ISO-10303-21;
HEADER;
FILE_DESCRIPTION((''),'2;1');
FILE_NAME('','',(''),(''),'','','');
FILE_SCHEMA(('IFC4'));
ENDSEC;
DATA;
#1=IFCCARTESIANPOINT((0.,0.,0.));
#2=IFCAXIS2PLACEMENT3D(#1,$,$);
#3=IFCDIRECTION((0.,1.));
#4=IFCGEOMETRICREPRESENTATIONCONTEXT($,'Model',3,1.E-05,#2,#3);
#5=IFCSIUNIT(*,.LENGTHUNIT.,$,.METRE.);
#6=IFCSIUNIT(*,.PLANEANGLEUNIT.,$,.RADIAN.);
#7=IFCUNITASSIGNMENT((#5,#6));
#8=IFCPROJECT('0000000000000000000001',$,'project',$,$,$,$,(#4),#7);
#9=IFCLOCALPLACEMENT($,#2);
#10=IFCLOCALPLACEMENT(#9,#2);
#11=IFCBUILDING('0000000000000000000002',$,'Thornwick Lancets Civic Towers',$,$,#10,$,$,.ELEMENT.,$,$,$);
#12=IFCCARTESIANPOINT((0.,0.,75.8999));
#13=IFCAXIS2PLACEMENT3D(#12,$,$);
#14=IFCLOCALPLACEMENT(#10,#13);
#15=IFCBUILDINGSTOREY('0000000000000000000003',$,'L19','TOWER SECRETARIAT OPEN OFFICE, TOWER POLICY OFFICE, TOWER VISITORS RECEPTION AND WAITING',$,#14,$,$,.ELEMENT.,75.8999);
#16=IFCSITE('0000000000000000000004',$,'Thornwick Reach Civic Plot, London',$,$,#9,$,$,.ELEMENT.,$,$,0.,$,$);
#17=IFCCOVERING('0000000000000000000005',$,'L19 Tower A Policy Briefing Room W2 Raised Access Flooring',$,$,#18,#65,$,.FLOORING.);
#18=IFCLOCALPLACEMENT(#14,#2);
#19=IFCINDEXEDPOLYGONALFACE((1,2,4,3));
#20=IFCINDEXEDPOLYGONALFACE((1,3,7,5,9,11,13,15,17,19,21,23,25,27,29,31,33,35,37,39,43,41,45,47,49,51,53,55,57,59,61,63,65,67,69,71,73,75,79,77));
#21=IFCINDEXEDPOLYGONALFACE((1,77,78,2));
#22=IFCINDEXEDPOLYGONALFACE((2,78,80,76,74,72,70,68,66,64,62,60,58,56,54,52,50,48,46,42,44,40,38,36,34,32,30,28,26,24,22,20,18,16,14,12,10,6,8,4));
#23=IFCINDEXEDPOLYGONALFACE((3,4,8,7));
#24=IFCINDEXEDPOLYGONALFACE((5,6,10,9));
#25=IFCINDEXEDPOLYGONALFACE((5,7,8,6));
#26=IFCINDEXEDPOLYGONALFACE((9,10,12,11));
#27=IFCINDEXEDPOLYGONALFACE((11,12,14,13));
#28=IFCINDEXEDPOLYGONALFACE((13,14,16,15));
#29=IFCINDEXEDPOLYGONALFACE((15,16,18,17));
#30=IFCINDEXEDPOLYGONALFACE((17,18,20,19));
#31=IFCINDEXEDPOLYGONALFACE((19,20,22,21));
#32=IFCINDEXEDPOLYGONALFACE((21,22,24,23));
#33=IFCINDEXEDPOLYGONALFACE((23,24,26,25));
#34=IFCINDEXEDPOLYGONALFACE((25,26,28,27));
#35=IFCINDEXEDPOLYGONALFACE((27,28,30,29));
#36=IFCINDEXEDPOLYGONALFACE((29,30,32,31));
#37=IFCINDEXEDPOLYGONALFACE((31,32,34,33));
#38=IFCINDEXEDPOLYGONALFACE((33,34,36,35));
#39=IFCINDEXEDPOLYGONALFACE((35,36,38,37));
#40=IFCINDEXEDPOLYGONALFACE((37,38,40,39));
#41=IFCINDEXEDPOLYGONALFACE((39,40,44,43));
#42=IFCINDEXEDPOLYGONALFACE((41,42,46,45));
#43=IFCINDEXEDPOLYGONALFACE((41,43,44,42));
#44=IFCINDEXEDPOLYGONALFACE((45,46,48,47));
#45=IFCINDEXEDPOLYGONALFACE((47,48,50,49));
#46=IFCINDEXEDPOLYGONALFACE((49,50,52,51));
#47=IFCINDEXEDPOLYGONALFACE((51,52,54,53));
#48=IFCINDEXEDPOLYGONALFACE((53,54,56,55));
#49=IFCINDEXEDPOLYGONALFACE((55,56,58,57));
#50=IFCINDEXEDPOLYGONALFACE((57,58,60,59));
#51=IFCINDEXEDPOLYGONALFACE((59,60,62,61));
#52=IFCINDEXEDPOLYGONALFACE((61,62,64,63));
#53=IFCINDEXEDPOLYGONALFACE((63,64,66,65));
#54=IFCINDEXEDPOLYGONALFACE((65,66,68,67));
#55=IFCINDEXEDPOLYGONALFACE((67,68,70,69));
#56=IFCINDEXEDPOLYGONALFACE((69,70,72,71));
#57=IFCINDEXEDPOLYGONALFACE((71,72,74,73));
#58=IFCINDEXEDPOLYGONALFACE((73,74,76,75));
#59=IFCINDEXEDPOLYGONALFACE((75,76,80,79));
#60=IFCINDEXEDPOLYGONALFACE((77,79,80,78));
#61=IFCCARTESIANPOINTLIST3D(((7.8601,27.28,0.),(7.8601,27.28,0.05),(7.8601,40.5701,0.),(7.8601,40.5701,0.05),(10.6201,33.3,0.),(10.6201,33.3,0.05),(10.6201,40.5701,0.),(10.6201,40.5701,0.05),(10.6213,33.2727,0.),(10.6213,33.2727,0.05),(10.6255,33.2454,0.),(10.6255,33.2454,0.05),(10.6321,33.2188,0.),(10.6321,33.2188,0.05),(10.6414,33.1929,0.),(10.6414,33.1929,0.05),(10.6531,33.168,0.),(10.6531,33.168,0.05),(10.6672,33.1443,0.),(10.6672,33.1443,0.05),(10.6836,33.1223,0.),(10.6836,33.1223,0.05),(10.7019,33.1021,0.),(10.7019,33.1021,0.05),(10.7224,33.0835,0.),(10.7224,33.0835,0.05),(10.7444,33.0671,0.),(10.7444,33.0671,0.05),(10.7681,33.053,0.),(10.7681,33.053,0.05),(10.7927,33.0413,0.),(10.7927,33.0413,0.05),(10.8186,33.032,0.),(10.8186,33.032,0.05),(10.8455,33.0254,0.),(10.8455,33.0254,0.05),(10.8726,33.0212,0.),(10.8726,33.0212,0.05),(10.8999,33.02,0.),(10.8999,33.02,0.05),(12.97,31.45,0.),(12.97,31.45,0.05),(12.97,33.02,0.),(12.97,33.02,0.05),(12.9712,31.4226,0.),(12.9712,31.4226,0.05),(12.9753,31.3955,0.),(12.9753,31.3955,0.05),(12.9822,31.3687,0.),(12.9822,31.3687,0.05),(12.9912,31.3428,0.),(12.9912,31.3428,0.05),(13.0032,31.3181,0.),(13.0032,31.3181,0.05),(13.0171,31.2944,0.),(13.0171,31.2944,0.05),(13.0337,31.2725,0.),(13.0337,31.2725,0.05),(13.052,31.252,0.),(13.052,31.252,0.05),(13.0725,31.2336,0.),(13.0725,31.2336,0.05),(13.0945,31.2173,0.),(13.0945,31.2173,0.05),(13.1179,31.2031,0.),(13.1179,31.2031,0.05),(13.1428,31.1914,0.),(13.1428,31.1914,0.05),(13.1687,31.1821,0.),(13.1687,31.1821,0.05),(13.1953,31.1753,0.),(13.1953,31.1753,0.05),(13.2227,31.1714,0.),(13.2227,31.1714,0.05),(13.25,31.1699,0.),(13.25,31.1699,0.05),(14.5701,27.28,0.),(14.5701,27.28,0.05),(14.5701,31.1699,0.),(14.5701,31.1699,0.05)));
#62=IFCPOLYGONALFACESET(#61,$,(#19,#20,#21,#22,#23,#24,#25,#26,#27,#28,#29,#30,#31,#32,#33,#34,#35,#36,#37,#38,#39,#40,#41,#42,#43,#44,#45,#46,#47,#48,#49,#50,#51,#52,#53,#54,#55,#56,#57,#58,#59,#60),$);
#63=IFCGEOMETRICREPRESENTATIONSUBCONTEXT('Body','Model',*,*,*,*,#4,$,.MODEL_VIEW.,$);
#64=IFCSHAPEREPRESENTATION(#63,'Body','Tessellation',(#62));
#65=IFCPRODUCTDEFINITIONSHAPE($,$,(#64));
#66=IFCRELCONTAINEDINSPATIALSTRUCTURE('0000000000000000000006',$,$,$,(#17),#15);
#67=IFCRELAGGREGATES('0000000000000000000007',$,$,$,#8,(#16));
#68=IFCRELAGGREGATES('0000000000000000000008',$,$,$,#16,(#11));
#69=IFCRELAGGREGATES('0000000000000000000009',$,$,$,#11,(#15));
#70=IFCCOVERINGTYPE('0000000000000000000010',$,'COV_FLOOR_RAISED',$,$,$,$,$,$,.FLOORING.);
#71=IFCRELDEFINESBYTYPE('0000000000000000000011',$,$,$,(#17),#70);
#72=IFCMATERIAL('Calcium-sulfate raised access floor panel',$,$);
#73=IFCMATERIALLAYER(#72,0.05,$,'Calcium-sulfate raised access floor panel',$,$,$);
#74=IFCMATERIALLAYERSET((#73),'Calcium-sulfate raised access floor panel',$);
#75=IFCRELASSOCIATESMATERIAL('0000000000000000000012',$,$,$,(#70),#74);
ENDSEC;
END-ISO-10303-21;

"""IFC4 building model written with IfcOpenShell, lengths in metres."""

from ifc_helpers import new_model, si_unit, direction, frame, origin, place, context, subcontext, project, spatial, polyline, outline, extrude, material, layer, layer_set, type_object, element, save


model = new_model("IFC4")

# Units and contexts
model_context = context("Model", 3, precision=1e-05, world=origin(), true_north=direction((0.0, 1.0)))
body_context = subcontext(model_context, "Body", "Model", "MODEL_VIEW")
ifc_project = project(units=[si_unit("LENGTHUNIT", "METRE"), si_unit("PLANEANGLEUNIT", "RADIAN")], contexts=[model_context])

# Site, building, storey
site_placement = place(None, origin())
site = spatial("IfcSite", under=ifc_project, at=site_placement, Name="Thornwick Reach Civic Plot, London", CompositionType="ELEMENT", RefElevation=0.0)
building_placement = place(site_placement, origin())
building = spatial("IfcBuilding", under=site, at=building_placement, Name="Thornwick Lancets Civic Towers", CompositionType="ELEMENT")
storey_placement = place(building_placement, frame((0.0, 0.0, 75.8999)))
storey = spatial("IfcBuildingStorey", under=building, at=storey_placement, Name="L19", Description="TOWER SECRETARIAT OPEN OFFICE, TOWER POLICY OFFICE, TOWER VISITORS RECEPTION AND WAITING", CompositionType="ELEMENT", Elevation=75.8999)

# Covering
ifc_material_1 = material(Name="Calcium-sulfate raised access floor panel")
ifc_layer_1 = layer(ifc_material_1, 0.05, Name="Calcium-sulfate raised access floor panel")
ifc_layer_set_1 = layer_set([ifc_layer_1], Name="Calcium-sulfate raised access floor panel")
covering_type_1 = type_object("IfcCoveringType", Name="COV_FLOOR_RAISED", PredefinedType="FLOORING", material=ifc_layer_set_1)
covering_1_placement = place(storey_placement, origin())
element("IfcCovering", 1, at=covering_1_placement, inside=storey, type_object=covering_type_1, Name="L19 Tower A Policy Briefing Room W2 Raised Access Flooring", PredefinedType="FLOORING", context=body_context, shape_type="SweptSolid", body=[
    extrude(outline(polyline([(10.6201, 33.3), (10.6213, 33.2727), (10.6255, 33.2454), (10.6321, 33.2188), (10.6414, 33.1929), (10.6531, 33.168), (10.6672, 33.1443), (10.6836, 33.1223), (10.7019, 33.1021), (10.7224, 33.0835), (10.7444, 33.0671), (10.7681, 33.053), (10.7927, 33.0413), (10.8186, 33.032), (10.8455, 33.0254), (10.8726, 33.0212), (10.8999, 33.02), (12.97, 33.02), (12.97, 31.45), (12.9712, 31.4226), (12.9753, 31.3955), (12.9822, 31.3687), (12.9912, 31.3428), (13.0032, 31.3181), (13.0171, 31.2944), (13.0337, 31.2725), (13.052, 31.252), (13.0725, 31.2336), (13.0945, 31.2173), (13.1179, 31.2031), (13.1428, 31.1914), (13.1687, 31.1821), (13.1953, 31.1753), (13.2227, 31.1714), (13.25, 31.1699), (14.5701, 31.1699), (14.5701, 27.28), (7.8601, 27.28), (7.8601, 40.5701), (10.6201, 40.5701), (10.6201, 33.3)])), origin(), (0.0, 0.0, 1.0), 0.05),
])

save(model, "model.ifc")
